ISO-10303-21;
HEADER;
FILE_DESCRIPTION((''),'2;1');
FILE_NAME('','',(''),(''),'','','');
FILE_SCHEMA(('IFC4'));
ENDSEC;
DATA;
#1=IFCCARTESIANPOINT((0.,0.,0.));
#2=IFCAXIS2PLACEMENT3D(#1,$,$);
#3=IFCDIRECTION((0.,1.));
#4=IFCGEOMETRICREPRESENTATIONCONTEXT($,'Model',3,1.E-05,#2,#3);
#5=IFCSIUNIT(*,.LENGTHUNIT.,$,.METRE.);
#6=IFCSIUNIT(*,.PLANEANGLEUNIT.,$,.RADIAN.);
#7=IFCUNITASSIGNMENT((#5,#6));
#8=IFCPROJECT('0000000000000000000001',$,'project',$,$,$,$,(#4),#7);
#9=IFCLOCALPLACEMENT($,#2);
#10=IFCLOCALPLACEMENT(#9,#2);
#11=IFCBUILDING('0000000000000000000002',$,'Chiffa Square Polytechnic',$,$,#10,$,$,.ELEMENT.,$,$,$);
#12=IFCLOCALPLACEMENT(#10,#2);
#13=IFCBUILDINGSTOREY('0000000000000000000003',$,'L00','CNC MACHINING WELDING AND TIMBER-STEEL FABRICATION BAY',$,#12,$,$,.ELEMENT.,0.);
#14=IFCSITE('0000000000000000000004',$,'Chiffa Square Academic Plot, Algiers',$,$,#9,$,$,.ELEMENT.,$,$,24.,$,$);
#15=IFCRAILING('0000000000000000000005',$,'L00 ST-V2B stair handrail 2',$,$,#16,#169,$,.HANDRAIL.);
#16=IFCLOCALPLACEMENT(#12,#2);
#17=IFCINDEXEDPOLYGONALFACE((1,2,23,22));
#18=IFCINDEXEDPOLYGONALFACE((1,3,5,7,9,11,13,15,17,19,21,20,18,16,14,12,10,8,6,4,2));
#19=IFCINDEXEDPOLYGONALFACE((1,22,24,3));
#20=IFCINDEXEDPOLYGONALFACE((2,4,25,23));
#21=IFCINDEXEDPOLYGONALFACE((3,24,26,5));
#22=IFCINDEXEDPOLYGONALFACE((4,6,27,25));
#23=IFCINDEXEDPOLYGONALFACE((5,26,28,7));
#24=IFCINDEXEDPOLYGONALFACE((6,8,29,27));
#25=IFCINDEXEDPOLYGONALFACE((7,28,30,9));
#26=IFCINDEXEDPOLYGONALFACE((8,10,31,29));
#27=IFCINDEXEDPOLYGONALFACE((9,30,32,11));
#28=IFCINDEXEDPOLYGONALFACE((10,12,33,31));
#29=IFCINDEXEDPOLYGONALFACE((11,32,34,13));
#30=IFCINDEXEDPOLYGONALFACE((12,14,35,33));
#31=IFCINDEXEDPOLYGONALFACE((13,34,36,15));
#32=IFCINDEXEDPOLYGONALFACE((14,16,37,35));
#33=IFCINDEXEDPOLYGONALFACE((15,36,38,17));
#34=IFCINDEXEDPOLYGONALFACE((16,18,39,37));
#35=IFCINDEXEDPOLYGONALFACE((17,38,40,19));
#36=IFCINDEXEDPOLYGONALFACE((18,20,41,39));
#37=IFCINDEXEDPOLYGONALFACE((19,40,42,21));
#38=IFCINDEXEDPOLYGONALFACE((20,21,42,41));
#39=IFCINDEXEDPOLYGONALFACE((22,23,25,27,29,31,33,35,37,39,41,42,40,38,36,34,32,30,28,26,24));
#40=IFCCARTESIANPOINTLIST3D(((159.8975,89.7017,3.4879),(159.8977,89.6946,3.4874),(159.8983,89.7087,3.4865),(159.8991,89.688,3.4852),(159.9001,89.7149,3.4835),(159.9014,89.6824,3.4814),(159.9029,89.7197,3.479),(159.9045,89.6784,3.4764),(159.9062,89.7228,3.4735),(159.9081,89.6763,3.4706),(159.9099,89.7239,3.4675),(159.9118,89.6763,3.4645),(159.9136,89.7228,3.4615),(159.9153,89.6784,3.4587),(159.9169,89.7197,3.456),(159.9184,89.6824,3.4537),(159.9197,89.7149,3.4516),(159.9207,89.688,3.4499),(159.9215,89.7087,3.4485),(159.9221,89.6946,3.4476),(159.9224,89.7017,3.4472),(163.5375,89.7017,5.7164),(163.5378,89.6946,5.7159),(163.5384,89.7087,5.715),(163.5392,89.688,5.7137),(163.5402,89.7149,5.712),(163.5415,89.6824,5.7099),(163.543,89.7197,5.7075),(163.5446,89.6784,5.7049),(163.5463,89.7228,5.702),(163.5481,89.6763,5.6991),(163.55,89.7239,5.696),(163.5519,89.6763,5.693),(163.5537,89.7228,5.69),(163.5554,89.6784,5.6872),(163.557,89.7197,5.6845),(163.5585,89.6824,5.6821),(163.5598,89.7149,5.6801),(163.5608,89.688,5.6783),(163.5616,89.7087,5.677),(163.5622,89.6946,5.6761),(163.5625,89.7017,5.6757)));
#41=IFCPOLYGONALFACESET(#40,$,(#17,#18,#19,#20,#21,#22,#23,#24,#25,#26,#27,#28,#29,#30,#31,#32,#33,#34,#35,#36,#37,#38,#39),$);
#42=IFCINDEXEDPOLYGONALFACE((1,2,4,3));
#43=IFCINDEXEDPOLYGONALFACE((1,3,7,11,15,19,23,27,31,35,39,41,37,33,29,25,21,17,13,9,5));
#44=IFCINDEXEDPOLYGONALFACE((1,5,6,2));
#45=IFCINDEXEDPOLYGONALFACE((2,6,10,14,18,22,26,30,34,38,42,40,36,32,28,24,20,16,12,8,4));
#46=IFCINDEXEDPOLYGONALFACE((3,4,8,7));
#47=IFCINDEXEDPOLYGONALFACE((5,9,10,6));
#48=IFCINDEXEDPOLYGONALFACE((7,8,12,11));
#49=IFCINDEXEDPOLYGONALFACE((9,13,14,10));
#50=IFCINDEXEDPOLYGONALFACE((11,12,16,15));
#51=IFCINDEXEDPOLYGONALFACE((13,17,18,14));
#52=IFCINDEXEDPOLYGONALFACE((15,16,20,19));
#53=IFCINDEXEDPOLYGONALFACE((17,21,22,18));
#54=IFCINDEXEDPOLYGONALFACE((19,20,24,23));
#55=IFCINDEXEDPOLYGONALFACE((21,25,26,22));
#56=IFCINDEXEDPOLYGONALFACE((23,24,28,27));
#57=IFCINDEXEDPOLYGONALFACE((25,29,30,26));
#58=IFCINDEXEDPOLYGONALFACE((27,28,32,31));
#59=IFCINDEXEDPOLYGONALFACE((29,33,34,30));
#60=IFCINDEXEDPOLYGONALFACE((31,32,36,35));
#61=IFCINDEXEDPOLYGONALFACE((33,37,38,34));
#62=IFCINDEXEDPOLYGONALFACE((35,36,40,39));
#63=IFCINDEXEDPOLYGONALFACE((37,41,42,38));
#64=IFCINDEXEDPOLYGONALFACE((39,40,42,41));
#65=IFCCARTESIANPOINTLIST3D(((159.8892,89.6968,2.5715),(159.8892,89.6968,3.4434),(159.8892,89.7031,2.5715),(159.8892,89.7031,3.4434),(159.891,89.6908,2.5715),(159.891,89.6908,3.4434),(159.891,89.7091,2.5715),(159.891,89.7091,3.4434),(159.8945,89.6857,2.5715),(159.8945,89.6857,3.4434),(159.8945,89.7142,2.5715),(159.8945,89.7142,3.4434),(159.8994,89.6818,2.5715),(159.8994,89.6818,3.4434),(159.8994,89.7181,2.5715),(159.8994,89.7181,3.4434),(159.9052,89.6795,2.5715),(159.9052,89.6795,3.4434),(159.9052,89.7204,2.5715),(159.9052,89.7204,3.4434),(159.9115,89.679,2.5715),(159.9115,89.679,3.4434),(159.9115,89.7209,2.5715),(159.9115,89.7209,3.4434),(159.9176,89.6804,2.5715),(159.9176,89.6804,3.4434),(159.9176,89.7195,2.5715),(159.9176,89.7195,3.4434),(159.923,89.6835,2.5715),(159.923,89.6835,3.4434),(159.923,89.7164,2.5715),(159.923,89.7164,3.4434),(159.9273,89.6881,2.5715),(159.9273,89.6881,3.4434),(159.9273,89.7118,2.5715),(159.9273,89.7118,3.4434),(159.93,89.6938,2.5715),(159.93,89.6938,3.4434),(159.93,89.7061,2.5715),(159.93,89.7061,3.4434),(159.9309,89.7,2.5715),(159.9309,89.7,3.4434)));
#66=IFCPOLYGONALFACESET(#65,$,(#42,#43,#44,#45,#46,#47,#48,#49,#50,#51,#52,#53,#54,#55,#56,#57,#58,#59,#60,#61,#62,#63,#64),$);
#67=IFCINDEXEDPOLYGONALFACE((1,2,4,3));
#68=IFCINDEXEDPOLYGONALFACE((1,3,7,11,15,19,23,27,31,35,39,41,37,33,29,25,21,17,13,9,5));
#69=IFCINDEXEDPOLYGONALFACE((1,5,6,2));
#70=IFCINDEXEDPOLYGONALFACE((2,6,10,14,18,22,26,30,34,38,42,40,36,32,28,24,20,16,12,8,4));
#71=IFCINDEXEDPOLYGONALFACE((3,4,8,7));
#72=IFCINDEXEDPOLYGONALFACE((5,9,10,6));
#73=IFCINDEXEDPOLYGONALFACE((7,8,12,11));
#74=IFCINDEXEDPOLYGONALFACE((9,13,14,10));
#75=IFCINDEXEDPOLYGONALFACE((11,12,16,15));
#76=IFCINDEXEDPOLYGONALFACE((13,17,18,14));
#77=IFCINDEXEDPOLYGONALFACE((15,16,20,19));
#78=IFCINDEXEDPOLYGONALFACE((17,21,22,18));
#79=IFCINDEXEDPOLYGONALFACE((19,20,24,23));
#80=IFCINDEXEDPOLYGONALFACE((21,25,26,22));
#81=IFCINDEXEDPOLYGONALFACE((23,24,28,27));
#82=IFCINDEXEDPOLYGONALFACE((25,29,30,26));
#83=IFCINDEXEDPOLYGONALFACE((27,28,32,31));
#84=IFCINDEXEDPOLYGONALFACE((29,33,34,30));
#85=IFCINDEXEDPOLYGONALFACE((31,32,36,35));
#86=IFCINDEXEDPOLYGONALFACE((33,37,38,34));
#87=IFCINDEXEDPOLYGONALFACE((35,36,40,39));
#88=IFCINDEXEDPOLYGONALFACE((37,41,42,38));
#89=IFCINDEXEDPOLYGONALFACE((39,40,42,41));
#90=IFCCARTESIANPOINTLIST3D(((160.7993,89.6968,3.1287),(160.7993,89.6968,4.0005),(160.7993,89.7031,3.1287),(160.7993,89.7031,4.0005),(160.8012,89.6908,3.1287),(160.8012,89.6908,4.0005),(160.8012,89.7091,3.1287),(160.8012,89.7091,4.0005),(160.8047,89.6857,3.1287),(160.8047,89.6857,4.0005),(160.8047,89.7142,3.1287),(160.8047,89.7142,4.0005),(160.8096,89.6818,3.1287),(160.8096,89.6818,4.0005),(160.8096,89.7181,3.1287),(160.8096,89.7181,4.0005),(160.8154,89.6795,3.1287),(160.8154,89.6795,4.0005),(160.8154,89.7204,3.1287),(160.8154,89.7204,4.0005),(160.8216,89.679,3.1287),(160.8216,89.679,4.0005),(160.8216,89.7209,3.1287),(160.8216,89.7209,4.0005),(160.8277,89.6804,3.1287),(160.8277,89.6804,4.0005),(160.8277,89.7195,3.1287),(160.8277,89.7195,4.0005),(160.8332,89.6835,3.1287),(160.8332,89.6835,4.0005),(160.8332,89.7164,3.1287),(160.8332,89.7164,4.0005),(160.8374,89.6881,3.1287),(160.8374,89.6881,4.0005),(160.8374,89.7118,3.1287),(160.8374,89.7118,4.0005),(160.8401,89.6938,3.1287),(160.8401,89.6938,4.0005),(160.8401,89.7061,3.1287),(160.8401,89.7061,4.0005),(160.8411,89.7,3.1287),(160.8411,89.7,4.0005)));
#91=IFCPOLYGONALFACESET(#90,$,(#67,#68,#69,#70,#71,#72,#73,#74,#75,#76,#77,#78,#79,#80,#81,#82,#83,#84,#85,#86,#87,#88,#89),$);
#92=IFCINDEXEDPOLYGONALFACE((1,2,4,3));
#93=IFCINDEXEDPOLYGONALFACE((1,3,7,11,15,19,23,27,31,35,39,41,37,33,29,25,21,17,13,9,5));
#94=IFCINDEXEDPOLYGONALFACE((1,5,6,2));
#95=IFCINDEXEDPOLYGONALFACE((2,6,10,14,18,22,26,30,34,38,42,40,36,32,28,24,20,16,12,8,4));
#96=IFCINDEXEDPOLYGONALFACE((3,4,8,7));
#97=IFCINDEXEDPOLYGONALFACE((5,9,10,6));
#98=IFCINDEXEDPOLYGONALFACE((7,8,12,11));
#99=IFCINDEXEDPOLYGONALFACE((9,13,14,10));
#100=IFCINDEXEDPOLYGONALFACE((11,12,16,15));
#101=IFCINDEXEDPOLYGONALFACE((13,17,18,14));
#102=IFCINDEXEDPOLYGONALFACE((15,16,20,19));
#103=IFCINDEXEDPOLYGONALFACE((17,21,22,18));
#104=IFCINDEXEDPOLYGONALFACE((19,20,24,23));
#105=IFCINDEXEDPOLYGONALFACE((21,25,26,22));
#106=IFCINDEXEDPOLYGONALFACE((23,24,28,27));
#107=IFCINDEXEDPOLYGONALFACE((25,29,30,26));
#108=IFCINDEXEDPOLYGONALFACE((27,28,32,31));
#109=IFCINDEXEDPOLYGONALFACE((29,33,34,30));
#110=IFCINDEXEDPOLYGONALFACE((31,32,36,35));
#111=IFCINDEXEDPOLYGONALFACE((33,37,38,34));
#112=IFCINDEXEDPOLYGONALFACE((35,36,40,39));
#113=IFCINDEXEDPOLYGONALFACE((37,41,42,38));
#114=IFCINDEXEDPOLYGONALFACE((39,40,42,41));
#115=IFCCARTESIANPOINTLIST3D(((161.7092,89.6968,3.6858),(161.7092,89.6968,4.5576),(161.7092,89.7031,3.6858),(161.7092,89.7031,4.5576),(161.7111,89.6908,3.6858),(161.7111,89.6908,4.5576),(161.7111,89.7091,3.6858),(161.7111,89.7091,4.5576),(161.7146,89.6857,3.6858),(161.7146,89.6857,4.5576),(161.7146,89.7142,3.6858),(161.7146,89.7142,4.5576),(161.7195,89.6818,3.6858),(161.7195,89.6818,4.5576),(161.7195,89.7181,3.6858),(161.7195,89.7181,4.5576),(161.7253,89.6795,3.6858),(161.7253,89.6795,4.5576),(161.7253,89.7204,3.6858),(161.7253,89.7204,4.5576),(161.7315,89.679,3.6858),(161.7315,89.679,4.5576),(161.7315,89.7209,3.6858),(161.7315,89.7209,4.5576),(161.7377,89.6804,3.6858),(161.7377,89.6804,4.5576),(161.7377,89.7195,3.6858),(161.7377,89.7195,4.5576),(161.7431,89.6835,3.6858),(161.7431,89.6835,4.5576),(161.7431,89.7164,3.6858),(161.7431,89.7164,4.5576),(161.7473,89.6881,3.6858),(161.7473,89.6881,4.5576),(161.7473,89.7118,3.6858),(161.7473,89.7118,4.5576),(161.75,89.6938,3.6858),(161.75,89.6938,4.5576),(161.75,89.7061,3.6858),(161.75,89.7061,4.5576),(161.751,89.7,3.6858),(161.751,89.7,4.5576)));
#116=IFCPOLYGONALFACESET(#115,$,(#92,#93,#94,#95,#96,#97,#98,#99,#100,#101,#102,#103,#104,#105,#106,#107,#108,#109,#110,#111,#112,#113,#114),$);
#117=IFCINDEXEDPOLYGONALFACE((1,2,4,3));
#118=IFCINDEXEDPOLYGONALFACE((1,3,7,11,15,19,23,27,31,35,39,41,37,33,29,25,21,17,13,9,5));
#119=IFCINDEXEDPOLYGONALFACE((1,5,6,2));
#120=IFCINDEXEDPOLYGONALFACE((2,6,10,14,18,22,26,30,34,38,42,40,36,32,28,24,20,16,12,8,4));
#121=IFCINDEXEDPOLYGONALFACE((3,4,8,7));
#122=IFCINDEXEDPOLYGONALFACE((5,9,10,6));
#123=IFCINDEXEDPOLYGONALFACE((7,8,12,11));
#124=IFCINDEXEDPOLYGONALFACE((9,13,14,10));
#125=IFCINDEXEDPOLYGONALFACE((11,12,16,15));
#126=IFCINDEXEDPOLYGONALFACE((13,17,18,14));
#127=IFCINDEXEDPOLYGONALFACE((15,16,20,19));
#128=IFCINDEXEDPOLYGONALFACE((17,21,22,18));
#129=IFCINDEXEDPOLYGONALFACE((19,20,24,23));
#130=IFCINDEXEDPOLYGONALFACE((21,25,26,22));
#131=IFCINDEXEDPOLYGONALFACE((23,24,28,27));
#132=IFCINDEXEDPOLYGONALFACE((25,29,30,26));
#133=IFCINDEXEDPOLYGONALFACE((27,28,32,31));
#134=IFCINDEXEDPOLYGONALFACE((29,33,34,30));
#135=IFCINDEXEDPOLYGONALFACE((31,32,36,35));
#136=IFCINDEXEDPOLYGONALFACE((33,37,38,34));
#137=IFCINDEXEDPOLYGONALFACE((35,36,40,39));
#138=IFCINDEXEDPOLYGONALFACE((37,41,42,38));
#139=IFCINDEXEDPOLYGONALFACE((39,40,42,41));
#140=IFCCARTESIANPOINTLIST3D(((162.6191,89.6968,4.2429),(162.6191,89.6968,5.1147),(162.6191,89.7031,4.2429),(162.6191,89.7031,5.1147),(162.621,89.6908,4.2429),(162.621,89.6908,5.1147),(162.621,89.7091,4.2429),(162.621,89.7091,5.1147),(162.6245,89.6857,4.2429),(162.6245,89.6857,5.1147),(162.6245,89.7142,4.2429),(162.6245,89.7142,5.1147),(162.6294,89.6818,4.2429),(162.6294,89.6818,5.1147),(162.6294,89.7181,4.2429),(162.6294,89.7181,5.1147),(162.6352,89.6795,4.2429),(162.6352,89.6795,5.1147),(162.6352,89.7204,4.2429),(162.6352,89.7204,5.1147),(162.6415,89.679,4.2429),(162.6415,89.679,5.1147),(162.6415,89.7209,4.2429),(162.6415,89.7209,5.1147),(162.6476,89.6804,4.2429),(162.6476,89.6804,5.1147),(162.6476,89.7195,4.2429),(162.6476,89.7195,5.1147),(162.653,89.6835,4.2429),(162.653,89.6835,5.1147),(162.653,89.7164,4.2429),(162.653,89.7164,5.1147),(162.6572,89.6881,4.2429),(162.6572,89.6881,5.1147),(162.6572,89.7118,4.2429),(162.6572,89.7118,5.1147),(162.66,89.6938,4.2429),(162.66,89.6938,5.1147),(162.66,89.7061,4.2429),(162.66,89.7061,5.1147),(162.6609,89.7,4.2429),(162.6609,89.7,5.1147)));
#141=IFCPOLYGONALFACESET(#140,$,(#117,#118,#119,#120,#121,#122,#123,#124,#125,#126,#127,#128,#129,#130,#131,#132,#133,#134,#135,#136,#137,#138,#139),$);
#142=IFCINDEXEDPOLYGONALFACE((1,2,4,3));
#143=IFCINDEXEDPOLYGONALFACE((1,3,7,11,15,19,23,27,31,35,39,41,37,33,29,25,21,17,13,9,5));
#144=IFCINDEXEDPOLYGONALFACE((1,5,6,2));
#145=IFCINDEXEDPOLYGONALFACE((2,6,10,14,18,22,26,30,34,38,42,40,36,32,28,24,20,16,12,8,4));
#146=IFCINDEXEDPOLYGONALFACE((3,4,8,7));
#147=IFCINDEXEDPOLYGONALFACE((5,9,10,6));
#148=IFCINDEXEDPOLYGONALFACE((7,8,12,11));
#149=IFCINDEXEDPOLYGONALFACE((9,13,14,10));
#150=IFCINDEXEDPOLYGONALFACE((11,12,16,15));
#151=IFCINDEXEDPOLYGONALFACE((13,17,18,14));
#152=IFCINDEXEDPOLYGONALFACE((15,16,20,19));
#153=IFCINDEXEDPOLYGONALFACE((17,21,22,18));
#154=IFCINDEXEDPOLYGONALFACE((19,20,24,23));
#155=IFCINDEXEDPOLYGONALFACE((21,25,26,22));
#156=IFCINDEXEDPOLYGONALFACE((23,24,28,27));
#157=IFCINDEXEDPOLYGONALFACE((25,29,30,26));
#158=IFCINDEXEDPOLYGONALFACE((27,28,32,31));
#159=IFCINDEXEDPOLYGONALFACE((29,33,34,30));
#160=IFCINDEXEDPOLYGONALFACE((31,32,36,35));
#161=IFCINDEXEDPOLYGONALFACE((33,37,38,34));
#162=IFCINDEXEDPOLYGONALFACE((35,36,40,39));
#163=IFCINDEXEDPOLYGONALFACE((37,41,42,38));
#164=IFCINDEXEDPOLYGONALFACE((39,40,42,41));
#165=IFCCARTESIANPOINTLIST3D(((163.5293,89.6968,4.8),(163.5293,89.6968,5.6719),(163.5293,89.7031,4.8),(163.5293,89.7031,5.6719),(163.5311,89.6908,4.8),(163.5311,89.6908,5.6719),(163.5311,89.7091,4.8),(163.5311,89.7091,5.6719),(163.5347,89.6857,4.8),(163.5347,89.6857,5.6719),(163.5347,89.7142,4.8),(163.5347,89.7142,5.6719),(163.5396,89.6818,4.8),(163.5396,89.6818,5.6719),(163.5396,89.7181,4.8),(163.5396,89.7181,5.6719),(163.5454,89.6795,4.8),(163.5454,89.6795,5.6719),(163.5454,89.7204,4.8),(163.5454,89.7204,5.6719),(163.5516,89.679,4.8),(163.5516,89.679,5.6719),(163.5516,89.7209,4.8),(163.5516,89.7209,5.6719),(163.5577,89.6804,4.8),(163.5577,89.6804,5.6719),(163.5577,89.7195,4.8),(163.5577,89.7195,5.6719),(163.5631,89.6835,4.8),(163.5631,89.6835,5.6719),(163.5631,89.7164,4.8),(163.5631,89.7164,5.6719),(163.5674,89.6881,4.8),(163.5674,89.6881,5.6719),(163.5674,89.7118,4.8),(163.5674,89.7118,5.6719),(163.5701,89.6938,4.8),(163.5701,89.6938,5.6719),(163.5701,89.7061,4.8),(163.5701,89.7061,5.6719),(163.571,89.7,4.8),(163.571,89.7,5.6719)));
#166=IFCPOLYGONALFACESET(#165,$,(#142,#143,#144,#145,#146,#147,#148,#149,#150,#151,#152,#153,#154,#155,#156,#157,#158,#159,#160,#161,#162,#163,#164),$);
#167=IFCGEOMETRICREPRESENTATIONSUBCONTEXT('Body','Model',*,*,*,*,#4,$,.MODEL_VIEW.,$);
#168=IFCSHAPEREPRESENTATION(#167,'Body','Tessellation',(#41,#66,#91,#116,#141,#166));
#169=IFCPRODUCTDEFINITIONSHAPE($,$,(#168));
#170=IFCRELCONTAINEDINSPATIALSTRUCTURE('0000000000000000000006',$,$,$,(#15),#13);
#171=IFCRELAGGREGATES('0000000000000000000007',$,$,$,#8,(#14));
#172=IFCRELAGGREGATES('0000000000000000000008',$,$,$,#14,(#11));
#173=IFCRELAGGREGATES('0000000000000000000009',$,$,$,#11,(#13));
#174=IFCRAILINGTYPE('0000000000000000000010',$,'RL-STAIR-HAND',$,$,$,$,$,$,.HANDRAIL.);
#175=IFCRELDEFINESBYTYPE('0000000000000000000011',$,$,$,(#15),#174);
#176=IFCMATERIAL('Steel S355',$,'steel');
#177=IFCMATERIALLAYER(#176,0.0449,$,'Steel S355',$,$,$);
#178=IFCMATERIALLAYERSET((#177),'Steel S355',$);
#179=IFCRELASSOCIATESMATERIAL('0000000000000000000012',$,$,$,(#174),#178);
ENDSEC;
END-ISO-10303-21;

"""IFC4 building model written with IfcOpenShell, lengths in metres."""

from ifc_helpers import new_model, si_unit, direction, frame, origin, origin_2d, place, context, subcontext, project, spatial, circle, extrude, material, layer, layer_set, type_object, element, save


model = new_model("IFC4")

# Units and contexts
model_context = context("Model", 3, precision=1e-05, world=origin(), true_north=direction((0.0, 1.0)))
body_context = subcontext(model_context, "Body", "Model", "MODEL_VIEW")
ifc_project = project(units=[si_unit("LENGTHUNIT", "METRE"), si_unit("PLANEANGLEUNIT", "RADIAN")], contexts=[model_context])

# Site, building, storey
site_placement = place(None, origin())
site = spatial("IfcSite", under=ifc_project, at=site_placement, Name="Chiffa Square Academic Plot, Algiers", CompositionType="ELEMENT", RefElevation=24.0)
building_placement = place(site_placement, origin())
building = spatial("IfcBuilding", under=site, at=building_placement, Name="Chiffa Square Polytechnic", CompositionType="ELEMENT")
storey_placement = place(building_placement, origin())
storey = spatial("IfcBuildingStorey", under=building, at=storey_placement, Name="L00", Description="CNC MACHINING WELDING AND TIMBER-STEEL FABRICATION BAY", CompositionType="ELEMENT", Elevation=0.0)

# Railing
ifc_material_1 = material(Name="Steel S355", Category="steel")
ifc_layer_1 = layer(ifc_material_1, 0.0449, Name="Steel S355")
ifc_layer_set_1 = layer_set([ifc_layer_1], Name="Steel S355")
railing_type_1 = type_object("IfcRailingType", Name="RL-STAIR-HAND", PredefinedType="HANDRAIL", material=ifc_layer_set_1)
railing_1_placement = place(storey_placement, frame((159.9099, 89.7, 2.5715)))
element("IfcRailing", 1, at=railing_1_placement, inside=storey, type_object=railing_type_1, Name="L00 ST-V2B stair handrail 2", PredefinedType="HANDRAIL", context=body_context, shape_type="SweptSolid", body=[
    extrude(circle(Radius=0.0239, at=origin_2d()), frame((0.0, 0.0, 0.896), z_axis=(0.852866, 0.0, 0.52213), x_axis=(0.0, 1.0, 0.0)), (0.0, 0.0, 1.0), 4.2681),
    extrude(circle(Radius=0.021, at=origin_2d()), origin(), (0.0, 0.0, 1.0), 0.8718),
    extrude(circle(Radius=0.021, at=origin_2d()), frame((0.9102, 0.0, 0.5571)), (0.0, 0.0, 1.0), 0.8718),
    extrude(circle(Radius=0.021, at=origin_2d()), frame((1.8201, 0.0, 1.1143)), (0.0, 0.0, 1.0), 0.8718),
    extrude(circle(Radius=0.021, at=origin_2d()), frame((2.73, 0.0, 1.6714)), (0.0, 0.0, 1.0), 0.8718),
    extrude(circle(Radius=0.021, at=origin_2d()), frame((3.6401, 0.0, 2.2285)), (0.0, 0.0, 1.0), 0.8718),
])

save(model, "model.ifc")
